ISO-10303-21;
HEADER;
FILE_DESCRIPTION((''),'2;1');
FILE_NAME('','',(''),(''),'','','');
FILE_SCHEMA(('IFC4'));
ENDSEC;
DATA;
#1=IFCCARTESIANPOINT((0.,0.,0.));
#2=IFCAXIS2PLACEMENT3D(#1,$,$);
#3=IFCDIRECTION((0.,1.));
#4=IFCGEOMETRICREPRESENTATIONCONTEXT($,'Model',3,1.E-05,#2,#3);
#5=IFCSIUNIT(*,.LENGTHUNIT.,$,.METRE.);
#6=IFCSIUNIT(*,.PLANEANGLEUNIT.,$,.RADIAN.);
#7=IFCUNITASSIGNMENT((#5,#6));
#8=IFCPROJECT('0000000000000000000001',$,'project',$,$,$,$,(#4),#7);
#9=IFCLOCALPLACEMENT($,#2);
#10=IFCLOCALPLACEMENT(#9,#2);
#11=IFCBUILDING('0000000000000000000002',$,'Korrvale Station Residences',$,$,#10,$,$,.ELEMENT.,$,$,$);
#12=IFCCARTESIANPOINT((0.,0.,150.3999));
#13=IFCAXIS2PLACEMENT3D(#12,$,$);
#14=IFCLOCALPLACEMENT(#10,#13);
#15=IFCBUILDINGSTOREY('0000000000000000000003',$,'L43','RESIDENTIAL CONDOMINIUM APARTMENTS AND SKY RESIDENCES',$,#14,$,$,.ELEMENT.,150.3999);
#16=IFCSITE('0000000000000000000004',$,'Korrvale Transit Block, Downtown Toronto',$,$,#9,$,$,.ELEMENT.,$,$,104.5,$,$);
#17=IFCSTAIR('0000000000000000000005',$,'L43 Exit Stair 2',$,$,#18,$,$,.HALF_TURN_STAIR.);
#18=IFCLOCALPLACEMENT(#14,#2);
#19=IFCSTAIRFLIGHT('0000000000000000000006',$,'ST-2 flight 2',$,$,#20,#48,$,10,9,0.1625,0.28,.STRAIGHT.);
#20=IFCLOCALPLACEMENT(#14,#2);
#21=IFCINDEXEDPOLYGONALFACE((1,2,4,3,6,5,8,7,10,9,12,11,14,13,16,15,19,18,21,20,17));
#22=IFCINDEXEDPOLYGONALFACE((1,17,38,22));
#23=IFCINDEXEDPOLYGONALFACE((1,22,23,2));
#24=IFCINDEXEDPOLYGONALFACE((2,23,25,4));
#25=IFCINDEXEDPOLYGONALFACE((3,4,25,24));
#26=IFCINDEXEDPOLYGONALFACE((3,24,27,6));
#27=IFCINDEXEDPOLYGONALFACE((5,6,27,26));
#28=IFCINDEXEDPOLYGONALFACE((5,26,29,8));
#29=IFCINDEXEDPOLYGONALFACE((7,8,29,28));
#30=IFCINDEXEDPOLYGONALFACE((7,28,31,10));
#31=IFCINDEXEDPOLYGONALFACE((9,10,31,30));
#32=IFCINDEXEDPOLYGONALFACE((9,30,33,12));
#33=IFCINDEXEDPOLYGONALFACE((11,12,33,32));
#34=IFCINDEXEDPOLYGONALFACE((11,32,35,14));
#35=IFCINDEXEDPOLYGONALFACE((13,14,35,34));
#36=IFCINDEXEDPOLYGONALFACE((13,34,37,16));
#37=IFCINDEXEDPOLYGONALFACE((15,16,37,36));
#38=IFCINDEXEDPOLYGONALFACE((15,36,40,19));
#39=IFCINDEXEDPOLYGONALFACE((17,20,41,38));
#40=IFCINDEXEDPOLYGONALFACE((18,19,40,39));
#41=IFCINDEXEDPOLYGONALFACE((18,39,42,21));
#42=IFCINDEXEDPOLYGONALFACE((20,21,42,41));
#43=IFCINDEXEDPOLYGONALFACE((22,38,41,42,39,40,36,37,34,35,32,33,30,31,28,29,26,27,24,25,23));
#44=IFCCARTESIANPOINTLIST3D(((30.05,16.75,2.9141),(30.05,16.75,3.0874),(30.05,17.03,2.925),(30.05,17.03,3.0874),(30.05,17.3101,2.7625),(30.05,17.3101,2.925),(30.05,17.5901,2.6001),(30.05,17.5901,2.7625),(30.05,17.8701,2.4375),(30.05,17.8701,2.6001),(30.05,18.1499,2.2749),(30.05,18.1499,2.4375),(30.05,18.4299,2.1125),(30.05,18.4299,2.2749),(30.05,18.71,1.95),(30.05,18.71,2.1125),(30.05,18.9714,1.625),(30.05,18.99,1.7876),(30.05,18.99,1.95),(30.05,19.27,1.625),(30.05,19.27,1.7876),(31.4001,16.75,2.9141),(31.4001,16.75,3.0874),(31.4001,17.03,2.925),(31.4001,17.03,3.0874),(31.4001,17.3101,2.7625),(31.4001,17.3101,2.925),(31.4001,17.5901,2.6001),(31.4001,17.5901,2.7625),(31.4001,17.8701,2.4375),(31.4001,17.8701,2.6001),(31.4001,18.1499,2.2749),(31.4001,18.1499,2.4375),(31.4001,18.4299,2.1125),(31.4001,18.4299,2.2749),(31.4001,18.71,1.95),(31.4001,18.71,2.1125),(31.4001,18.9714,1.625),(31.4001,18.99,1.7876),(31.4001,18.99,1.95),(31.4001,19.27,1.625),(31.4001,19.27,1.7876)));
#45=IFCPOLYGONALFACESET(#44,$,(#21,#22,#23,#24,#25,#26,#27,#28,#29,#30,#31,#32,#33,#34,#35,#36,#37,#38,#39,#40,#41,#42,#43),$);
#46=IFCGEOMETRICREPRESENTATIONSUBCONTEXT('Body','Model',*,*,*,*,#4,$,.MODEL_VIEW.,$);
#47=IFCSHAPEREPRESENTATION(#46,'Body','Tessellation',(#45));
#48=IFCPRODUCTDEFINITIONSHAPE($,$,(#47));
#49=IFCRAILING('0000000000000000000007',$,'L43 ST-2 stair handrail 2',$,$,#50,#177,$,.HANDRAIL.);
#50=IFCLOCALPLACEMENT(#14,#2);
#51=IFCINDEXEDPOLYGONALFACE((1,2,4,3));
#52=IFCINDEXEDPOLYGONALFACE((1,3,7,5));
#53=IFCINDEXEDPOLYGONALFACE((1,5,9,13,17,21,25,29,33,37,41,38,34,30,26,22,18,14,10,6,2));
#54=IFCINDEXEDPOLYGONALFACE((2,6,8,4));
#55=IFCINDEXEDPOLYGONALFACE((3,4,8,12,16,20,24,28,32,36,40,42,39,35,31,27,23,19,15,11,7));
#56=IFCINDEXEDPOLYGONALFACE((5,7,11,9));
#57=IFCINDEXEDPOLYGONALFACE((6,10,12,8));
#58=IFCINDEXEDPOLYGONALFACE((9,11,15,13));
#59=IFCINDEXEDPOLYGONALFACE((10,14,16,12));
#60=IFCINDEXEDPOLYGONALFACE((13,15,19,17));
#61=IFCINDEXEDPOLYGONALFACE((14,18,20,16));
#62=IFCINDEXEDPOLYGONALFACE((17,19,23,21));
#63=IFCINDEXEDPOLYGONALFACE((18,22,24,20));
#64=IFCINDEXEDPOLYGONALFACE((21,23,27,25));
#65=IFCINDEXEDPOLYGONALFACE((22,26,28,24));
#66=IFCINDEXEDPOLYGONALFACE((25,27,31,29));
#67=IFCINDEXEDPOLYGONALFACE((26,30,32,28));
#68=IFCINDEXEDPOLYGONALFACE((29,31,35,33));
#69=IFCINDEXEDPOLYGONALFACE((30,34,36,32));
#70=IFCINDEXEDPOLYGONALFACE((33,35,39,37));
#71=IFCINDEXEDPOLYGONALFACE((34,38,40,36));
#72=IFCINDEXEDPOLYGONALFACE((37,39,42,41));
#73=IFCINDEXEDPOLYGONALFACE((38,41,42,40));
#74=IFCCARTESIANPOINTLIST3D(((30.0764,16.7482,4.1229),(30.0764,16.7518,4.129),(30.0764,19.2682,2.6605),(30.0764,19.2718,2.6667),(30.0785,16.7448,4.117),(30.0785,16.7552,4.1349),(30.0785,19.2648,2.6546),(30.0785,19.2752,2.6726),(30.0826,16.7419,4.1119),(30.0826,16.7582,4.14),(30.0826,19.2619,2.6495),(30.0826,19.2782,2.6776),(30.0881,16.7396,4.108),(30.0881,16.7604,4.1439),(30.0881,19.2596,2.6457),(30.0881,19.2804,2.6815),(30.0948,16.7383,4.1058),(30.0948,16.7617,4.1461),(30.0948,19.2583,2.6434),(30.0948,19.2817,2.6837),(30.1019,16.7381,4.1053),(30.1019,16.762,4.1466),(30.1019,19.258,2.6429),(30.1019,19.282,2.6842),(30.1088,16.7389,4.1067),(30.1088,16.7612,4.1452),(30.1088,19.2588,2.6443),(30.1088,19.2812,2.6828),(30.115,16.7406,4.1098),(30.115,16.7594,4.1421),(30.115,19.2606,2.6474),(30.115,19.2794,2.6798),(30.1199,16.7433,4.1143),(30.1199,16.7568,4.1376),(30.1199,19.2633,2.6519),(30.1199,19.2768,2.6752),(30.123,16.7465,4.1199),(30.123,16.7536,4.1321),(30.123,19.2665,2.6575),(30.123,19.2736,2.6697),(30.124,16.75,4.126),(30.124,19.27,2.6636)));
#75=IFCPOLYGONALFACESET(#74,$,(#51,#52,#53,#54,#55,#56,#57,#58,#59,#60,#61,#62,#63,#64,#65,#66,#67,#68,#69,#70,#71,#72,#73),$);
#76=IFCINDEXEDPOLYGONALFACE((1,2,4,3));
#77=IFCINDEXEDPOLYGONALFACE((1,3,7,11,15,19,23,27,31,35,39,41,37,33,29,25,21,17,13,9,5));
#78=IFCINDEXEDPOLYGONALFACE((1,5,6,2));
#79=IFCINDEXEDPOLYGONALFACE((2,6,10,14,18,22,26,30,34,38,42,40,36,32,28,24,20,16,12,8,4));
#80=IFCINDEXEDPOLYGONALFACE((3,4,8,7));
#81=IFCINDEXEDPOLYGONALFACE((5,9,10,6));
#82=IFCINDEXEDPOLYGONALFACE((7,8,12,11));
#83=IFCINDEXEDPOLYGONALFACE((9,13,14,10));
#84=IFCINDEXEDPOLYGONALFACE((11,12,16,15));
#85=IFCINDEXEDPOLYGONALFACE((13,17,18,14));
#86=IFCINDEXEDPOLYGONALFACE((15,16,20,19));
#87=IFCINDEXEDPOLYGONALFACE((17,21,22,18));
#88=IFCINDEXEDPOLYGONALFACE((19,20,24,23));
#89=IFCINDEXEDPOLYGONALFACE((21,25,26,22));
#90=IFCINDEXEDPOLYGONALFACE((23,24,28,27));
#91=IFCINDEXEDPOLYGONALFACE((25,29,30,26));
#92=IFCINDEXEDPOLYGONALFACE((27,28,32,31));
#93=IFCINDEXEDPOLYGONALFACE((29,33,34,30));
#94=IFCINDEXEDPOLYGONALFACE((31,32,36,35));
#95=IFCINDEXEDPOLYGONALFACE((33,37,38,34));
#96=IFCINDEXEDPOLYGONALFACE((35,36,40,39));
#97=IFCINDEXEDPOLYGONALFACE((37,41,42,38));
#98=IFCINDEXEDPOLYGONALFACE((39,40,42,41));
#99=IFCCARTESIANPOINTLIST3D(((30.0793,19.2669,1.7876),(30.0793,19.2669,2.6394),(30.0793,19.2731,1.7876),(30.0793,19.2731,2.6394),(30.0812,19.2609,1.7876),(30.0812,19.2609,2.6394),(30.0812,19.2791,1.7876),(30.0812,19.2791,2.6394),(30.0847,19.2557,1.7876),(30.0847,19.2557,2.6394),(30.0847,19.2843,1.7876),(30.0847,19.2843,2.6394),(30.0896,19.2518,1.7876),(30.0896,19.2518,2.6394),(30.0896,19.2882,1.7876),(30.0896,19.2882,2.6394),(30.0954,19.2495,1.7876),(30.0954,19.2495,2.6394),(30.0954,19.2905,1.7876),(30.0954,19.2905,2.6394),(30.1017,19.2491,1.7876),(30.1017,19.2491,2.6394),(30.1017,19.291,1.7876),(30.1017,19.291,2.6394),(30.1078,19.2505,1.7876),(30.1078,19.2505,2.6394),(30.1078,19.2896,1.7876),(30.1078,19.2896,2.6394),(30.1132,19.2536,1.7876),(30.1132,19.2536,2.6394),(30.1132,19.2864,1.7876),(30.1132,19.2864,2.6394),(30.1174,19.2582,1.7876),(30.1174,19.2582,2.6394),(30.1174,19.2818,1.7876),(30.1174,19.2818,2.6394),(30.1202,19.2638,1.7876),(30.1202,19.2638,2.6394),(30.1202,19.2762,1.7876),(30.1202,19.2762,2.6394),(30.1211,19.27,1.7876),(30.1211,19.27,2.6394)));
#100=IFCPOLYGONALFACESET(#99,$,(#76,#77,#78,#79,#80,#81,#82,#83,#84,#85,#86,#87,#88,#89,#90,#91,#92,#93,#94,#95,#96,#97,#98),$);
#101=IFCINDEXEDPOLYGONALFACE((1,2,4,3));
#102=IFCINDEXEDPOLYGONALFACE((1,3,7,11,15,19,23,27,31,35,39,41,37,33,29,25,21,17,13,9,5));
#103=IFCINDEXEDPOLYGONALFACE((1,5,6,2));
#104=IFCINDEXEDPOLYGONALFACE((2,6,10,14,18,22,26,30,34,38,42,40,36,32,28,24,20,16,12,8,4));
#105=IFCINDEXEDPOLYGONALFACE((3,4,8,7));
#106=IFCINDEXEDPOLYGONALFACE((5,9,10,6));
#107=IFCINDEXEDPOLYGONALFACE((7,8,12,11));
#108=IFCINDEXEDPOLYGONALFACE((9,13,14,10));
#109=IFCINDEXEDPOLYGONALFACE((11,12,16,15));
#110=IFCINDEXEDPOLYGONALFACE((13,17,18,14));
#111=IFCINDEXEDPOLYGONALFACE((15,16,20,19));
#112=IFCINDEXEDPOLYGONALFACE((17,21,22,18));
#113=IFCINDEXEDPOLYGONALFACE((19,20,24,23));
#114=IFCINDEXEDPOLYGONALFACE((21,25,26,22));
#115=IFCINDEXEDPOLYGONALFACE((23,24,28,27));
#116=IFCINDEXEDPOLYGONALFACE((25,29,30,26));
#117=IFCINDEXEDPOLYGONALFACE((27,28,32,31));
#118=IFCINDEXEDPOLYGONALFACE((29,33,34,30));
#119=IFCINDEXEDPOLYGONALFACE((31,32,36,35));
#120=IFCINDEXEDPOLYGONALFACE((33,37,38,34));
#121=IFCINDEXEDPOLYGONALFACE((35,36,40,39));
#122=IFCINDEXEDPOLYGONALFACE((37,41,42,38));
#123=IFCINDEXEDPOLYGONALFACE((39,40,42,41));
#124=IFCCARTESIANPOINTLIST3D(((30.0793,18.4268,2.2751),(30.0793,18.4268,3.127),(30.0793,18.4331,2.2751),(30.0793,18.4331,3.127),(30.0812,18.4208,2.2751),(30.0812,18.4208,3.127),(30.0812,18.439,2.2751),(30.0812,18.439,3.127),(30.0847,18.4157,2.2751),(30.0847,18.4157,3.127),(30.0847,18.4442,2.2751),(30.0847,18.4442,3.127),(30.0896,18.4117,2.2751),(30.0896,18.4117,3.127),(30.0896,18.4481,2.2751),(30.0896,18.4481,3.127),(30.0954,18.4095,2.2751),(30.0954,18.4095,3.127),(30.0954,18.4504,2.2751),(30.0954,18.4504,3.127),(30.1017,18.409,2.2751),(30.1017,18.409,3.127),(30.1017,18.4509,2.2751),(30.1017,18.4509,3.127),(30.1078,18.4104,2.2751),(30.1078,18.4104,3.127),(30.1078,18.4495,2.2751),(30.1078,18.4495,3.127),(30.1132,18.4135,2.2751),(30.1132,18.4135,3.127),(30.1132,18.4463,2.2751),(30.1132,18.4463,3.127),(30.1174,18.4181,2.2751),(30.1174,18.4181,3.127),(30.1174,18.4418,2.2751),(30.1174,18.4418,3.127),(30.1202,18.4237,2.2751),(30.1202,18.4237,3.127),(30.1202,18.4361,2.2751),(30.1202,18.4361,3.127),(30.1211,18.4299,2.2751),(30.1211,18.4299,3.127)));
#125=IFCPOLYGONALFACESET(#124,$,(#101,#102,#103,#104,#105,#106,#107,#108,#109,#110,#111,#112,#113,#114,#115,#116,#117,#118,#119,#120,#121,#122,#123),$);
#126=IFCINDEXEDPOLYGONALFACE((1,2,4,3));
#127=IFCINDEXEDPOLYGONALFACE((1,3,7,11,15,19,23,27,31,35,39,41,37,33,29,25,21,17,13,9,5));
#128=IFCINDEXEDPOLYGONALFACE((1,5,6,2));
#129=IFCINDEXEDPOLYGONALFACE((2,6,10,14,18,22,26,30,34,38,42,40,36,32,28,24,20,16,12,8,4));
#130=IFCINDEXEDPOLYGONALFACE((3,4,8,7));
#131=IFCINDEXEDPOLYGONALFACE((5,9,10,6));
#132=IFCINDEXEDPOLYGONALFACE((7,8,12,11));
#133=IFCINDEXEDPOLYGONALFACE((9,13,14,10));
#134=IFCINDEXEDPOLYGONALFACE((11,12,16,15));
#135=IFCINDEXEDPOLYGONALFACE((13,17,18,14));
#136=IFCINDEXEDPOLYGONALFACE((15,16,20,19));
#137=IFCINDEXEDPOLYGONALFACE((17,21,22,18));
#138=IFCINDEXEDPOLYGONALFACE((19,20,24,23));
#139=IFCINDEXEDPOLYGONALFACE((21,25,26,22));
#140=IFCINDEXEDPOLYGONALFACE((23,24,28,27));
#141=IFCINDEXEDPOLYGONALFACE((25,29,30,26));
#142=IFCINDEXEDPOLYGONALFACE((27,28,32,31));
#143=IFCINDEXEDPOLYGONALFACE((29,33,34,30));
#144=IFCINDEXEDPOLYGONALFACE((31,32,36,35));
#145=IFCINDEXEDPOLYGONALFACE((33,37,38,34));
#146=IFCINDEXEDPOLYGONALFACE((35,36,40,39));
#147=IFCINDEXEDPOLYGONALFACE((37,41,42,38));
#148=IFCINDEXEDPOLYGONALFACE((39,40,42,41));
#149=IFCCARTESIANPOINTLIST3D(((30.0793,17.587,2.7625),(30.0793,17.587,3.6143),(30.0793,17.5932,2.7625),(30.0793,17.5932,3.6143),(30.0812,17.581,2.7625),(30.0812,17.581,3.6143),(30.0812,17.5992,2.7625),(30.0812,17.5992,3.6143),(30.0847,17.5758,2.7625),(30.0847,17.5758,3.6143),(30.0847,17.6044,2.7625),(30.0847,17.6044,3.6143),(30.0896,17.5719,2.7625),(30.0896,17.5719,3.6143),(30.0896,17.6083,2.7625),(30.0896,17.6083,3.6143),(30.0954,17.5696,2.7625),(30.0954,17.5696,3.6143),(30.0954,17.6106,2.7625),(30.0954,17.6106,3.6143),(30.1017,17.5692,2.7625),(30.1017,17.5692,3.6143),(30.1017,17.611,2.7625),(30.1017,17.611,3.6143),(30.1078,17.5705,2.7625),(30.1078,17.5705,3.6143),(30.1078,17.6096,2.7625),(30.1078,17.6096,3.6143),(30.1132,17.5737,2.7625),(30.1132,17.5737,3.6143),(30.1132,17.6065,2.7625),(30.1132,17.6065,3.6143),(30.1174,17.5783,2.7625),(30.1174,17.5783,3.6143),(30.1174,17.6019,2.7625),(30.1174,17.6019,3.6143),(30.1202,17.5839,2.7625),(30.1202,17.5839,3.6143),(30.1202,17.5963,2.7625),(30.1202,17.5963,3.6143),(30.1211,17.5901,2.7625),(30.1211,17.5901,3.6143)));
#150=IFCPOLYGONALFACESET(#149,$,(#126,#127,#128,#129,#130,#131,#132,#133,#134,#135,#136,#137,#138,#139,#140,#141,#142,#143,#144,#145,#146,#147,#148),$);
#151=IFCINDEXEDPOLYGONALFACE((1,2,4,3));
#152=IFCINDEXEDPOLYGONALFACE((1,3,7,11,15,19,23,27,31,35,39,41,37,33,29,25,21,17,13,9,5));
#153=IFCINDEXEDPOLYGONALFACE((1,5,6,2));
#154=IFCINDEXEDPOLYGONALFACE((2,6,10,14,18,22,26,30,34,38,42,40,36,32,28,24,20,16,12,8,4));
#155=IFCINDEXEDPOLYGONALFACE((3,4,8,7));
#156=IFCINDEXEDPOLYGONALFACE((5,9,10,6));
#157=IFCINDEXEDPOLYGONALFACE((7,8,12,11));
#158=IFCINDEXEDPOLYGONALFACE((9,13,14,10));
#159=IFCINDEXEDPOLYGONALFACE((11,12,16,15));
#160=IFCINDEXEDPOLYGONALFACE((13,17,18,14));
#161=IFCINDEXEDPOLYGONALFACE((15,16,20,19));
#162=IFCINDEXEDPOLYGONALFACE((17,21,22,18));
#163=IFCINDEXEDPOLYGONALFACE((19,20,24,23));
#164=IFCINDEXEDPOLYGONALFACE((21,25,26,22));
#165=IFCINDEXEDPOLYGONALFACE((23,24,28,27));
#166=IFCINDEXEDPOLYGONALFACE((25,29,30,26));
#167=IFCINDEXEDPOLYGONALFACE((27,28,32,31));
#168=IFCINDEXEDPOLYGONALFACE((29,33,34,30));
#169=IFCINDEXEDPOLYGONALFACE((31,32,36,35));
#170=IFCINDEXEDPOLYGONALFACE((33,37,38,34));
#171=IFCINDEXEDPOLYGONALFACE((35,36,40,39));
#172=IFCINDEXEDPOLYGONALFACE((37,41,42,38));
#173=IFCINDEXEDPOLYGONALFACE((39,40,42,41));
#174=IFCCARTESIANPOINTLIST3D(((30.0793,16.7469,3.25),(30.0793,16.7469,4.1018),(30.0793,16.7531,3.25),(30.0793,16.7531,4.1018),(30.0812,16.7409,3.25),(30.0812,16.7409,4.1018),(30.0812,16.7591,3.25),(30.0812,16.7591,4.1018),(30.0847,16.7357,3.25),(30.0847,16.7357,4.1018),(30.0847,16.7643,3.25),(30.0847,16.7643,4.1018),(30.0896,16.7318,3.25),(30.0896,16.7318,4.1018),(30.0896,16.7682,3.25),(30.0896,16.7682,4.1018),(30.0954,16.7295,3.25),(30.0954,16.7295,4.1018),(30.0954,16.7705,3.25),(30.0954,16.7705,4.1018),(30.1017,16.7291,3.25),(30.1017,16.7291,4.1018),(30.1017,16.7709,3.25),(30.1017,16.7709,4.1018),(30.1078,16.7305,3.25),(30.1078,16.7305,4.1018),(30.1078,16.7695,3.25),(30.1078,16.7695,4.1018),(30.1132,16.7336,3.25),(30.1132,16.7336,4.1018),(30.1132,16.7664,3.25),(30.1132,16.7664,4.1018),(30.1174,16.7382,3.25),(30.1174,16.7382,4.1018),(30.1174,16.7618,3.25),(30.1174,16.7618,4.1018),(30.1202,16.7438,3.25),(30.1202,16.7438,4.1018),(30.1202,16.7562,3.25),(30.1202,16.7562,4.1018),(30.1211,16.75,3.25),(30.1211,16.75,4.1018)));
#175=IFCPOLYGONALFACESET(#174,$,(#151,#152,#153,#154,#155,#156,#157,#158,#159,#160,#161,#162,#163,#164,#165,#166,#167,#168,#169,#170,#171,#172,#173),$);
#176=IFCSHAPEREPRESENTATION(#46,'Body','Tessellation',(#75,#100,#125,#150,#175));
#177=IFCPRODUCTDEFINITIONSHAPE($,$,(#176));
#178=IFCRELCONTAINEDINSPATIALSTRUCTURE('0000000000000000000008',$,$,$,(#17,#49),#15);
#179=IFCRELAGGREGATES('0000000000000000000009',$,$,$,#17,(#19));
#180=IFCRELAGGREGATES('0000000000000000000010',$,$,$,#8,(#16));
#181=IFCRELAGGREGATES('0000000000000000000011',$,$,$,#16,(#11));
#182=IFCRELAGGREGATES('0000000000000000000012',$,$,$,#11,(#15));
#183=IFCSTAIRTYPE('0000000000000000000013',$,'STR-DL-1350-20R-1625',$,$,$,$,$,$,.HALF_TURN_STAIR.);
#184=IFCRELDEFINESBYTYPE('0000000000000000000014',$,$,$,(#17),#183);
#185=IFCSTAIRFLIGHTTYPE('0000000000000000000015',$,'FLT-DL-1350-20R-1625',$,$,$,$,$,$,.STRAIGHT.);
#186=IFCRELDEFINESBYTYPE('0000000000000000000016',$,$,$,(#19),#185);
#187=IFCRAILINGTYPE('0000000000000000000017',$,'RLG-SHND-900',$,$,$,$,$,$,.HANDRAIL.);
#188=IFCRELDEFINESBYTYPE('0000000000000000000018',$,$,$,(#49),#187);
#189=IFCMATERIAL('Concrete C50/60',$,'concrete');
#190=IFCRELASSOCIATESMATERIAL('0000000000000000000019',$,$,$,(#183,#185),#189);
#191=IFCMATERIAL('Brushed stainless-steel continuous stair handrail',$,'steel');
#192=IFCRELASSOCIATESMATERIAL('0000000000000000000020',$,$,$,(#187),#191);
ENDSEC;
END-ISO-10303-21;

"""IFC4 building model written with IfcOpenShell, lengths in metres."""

from ifc_helpers import new_model, si_unit, direction, frame, origin, origin_2d, place, context, subcontext, project, spatial, polyline, circle, outline, extrude, material, type_object, element, aggregate, save


model = new_model("IFC4")

# Units and contexts
model_context = context("Model", 3, precision=1e-05, world=origin(), true_north=direction((0.0, 1.0)))
body_context = subcontext(model_context, "Body", "Model", "MODEL_VIEW")
ifc_project = project(units=[si_unit("LENGTHUNIT", "METRE"), si_unit("PLANEANGLEUNIT", "RADIAN")], contexts=[model_context])

# Site, building, storey
site_placement = place(None, origin())
site = spatial("IfcSite", under=ifc_project, at=site_placement, Name="Korrvale Transit Block, Downtown Toronto", CompositionType="ELEMENT", RefElevation=104.5)
building_placement = place(site_placement, origin())
building = spatial("IfcBuilding", under=site, at=building_placement, Name="Korrvale Station Residences", CompositionType="ELEMENT")
storey_placement = place(building_placement, frame((0.0, 0.0, 150.3999)))
storey = spatial("IfcBuildingStorey", under=building, at=storey_placement, Name="L43", Description="RESIDENTIAL CONDOMINIUM APARTMENTS AND SKY RESIDENCES", CompositionType="ELEMENT", Elevation=150.3999)

# Stair, stair flight
ifc_material_1 = material(Name="Concrete C50/60", Category="concrete")
stair_type = type_object("IfcStairType", Name="STR-DL-1350-20R-1625", PredefinedType="HALF_TURN_STAIR", material=ifc_material_1)
stair_placement = place(storey_placement, origin())
stair = element("IfcStair", 1, at=stair_placement, inside=storey, type_object=stair_type, Name="L43 Exit Stair 2", PredefinedType="HALF_TURN_STAIR")
stair_flight_type = type_object("IfcStairFlightType", Name="FLT-DL-1350-20R-1625", PredefinedType="STRAIGHT", material=ifc_material_1)
stair_flight_placement = place(storey_placement, frame((30.7251, 19.27, 1.625), z_axis=(0.0, 0.0, 1.0), x_axis=(0.0, -1.0, 0.0)))
stair_flight = element("IfcStairFlight", 2, at=stair_flight_placement, type_object=stair_flight_type, Name="ST-2 flight 2", NumberOfRisers=10, NumberOfTreads=9, PredefinedType="STRAIGHT", RiserHeight=0.1625, TreadLength=0.28, context=body_context, shape_type="SweptSolid", body=[
    extrude(outline(polyline([(0.0, 0.0), (0.0, 0.1626), (0.28, 0.1626), (0.28, 0.325), (0.5601, 0.325), (0.5601, 0.4875), (0.8401, 0.4875), (0.8401, 0.6499), (1.1201, 0.6499), (1.1201, 0.8125), (1.3999, 0.8125), (1.3999, 0.9751), (1.6799, 0.9751), (1.6799, 1.1375), (1.96, 1.1375), (1.96, 1.3), (2.24, 1.3), (2.24, 1.4624), (2.52, 1.4624), (2.52, 1.625), (2.52, 1.2891), (0.2986, 0.0), (0.0, 0.0)])), frame((0.0, 0.675, 0.0), z_axis=(0.0, -1.0, 0.0), x_axis=(1.0, 0.0, 0.0)), (0.0, 0.0, 1.0), 1.3501),
])
aggregate(stair, [stair_flight])

# Railing
ifc_material_2 = material(Name="Brushed stainless-steel continuous stair handrail", Category="steel")
railing_type_1 = type_object("IfcRailingType", Name="RLG-SHND-900", PredefinedType="HANDRAIL", material=ifc_material_2)
railing_1_placement = place(storey_placement, frame((30.1001, 19.27, 1.7876)))
element("IfcRailing", 3, at=railing_1_placement, inside=storey, type_object=railing_type_1, Name="L43 ST-2 stair handrail 2", PredefinedType="HANDRAIL", context=body_context, shape_type="SweptSolid", body=[
    extrude(circle(Radius=0.0239, at=origin_2d()), frame((0.0, 0.0, 0.876), z_axis=(0.0, -0.864913, 0.501921), x_axis=(1.0, 0.0, 0.0)), (0.0, 0.0, 1.0), 2.9136),
    extrude(circle(Radius=0.021, at=origin_2d()), origin(), (0.0, 0.0, 1.0), 0.8518),
    extrude(circle(Radius=0.021, at=origin_2d()), frame((0.0, -0.8401, 0.4875)), (0.0, 0.0, 1.0), 0.8518),
    extrude(circle(Radius=0.021, at=origin_2d()), frame((0.0, -1.6799, 0.9749)), (0.0, 0.0, 1.0), 0.8518),
    extrude(circle(Radius=0.021, at=origin_2d()), frame((0.0, -2.52, 1.4624)), (0.0, 0.0, 1.0), 0.8518),
])

save(model, "model.ifc")
